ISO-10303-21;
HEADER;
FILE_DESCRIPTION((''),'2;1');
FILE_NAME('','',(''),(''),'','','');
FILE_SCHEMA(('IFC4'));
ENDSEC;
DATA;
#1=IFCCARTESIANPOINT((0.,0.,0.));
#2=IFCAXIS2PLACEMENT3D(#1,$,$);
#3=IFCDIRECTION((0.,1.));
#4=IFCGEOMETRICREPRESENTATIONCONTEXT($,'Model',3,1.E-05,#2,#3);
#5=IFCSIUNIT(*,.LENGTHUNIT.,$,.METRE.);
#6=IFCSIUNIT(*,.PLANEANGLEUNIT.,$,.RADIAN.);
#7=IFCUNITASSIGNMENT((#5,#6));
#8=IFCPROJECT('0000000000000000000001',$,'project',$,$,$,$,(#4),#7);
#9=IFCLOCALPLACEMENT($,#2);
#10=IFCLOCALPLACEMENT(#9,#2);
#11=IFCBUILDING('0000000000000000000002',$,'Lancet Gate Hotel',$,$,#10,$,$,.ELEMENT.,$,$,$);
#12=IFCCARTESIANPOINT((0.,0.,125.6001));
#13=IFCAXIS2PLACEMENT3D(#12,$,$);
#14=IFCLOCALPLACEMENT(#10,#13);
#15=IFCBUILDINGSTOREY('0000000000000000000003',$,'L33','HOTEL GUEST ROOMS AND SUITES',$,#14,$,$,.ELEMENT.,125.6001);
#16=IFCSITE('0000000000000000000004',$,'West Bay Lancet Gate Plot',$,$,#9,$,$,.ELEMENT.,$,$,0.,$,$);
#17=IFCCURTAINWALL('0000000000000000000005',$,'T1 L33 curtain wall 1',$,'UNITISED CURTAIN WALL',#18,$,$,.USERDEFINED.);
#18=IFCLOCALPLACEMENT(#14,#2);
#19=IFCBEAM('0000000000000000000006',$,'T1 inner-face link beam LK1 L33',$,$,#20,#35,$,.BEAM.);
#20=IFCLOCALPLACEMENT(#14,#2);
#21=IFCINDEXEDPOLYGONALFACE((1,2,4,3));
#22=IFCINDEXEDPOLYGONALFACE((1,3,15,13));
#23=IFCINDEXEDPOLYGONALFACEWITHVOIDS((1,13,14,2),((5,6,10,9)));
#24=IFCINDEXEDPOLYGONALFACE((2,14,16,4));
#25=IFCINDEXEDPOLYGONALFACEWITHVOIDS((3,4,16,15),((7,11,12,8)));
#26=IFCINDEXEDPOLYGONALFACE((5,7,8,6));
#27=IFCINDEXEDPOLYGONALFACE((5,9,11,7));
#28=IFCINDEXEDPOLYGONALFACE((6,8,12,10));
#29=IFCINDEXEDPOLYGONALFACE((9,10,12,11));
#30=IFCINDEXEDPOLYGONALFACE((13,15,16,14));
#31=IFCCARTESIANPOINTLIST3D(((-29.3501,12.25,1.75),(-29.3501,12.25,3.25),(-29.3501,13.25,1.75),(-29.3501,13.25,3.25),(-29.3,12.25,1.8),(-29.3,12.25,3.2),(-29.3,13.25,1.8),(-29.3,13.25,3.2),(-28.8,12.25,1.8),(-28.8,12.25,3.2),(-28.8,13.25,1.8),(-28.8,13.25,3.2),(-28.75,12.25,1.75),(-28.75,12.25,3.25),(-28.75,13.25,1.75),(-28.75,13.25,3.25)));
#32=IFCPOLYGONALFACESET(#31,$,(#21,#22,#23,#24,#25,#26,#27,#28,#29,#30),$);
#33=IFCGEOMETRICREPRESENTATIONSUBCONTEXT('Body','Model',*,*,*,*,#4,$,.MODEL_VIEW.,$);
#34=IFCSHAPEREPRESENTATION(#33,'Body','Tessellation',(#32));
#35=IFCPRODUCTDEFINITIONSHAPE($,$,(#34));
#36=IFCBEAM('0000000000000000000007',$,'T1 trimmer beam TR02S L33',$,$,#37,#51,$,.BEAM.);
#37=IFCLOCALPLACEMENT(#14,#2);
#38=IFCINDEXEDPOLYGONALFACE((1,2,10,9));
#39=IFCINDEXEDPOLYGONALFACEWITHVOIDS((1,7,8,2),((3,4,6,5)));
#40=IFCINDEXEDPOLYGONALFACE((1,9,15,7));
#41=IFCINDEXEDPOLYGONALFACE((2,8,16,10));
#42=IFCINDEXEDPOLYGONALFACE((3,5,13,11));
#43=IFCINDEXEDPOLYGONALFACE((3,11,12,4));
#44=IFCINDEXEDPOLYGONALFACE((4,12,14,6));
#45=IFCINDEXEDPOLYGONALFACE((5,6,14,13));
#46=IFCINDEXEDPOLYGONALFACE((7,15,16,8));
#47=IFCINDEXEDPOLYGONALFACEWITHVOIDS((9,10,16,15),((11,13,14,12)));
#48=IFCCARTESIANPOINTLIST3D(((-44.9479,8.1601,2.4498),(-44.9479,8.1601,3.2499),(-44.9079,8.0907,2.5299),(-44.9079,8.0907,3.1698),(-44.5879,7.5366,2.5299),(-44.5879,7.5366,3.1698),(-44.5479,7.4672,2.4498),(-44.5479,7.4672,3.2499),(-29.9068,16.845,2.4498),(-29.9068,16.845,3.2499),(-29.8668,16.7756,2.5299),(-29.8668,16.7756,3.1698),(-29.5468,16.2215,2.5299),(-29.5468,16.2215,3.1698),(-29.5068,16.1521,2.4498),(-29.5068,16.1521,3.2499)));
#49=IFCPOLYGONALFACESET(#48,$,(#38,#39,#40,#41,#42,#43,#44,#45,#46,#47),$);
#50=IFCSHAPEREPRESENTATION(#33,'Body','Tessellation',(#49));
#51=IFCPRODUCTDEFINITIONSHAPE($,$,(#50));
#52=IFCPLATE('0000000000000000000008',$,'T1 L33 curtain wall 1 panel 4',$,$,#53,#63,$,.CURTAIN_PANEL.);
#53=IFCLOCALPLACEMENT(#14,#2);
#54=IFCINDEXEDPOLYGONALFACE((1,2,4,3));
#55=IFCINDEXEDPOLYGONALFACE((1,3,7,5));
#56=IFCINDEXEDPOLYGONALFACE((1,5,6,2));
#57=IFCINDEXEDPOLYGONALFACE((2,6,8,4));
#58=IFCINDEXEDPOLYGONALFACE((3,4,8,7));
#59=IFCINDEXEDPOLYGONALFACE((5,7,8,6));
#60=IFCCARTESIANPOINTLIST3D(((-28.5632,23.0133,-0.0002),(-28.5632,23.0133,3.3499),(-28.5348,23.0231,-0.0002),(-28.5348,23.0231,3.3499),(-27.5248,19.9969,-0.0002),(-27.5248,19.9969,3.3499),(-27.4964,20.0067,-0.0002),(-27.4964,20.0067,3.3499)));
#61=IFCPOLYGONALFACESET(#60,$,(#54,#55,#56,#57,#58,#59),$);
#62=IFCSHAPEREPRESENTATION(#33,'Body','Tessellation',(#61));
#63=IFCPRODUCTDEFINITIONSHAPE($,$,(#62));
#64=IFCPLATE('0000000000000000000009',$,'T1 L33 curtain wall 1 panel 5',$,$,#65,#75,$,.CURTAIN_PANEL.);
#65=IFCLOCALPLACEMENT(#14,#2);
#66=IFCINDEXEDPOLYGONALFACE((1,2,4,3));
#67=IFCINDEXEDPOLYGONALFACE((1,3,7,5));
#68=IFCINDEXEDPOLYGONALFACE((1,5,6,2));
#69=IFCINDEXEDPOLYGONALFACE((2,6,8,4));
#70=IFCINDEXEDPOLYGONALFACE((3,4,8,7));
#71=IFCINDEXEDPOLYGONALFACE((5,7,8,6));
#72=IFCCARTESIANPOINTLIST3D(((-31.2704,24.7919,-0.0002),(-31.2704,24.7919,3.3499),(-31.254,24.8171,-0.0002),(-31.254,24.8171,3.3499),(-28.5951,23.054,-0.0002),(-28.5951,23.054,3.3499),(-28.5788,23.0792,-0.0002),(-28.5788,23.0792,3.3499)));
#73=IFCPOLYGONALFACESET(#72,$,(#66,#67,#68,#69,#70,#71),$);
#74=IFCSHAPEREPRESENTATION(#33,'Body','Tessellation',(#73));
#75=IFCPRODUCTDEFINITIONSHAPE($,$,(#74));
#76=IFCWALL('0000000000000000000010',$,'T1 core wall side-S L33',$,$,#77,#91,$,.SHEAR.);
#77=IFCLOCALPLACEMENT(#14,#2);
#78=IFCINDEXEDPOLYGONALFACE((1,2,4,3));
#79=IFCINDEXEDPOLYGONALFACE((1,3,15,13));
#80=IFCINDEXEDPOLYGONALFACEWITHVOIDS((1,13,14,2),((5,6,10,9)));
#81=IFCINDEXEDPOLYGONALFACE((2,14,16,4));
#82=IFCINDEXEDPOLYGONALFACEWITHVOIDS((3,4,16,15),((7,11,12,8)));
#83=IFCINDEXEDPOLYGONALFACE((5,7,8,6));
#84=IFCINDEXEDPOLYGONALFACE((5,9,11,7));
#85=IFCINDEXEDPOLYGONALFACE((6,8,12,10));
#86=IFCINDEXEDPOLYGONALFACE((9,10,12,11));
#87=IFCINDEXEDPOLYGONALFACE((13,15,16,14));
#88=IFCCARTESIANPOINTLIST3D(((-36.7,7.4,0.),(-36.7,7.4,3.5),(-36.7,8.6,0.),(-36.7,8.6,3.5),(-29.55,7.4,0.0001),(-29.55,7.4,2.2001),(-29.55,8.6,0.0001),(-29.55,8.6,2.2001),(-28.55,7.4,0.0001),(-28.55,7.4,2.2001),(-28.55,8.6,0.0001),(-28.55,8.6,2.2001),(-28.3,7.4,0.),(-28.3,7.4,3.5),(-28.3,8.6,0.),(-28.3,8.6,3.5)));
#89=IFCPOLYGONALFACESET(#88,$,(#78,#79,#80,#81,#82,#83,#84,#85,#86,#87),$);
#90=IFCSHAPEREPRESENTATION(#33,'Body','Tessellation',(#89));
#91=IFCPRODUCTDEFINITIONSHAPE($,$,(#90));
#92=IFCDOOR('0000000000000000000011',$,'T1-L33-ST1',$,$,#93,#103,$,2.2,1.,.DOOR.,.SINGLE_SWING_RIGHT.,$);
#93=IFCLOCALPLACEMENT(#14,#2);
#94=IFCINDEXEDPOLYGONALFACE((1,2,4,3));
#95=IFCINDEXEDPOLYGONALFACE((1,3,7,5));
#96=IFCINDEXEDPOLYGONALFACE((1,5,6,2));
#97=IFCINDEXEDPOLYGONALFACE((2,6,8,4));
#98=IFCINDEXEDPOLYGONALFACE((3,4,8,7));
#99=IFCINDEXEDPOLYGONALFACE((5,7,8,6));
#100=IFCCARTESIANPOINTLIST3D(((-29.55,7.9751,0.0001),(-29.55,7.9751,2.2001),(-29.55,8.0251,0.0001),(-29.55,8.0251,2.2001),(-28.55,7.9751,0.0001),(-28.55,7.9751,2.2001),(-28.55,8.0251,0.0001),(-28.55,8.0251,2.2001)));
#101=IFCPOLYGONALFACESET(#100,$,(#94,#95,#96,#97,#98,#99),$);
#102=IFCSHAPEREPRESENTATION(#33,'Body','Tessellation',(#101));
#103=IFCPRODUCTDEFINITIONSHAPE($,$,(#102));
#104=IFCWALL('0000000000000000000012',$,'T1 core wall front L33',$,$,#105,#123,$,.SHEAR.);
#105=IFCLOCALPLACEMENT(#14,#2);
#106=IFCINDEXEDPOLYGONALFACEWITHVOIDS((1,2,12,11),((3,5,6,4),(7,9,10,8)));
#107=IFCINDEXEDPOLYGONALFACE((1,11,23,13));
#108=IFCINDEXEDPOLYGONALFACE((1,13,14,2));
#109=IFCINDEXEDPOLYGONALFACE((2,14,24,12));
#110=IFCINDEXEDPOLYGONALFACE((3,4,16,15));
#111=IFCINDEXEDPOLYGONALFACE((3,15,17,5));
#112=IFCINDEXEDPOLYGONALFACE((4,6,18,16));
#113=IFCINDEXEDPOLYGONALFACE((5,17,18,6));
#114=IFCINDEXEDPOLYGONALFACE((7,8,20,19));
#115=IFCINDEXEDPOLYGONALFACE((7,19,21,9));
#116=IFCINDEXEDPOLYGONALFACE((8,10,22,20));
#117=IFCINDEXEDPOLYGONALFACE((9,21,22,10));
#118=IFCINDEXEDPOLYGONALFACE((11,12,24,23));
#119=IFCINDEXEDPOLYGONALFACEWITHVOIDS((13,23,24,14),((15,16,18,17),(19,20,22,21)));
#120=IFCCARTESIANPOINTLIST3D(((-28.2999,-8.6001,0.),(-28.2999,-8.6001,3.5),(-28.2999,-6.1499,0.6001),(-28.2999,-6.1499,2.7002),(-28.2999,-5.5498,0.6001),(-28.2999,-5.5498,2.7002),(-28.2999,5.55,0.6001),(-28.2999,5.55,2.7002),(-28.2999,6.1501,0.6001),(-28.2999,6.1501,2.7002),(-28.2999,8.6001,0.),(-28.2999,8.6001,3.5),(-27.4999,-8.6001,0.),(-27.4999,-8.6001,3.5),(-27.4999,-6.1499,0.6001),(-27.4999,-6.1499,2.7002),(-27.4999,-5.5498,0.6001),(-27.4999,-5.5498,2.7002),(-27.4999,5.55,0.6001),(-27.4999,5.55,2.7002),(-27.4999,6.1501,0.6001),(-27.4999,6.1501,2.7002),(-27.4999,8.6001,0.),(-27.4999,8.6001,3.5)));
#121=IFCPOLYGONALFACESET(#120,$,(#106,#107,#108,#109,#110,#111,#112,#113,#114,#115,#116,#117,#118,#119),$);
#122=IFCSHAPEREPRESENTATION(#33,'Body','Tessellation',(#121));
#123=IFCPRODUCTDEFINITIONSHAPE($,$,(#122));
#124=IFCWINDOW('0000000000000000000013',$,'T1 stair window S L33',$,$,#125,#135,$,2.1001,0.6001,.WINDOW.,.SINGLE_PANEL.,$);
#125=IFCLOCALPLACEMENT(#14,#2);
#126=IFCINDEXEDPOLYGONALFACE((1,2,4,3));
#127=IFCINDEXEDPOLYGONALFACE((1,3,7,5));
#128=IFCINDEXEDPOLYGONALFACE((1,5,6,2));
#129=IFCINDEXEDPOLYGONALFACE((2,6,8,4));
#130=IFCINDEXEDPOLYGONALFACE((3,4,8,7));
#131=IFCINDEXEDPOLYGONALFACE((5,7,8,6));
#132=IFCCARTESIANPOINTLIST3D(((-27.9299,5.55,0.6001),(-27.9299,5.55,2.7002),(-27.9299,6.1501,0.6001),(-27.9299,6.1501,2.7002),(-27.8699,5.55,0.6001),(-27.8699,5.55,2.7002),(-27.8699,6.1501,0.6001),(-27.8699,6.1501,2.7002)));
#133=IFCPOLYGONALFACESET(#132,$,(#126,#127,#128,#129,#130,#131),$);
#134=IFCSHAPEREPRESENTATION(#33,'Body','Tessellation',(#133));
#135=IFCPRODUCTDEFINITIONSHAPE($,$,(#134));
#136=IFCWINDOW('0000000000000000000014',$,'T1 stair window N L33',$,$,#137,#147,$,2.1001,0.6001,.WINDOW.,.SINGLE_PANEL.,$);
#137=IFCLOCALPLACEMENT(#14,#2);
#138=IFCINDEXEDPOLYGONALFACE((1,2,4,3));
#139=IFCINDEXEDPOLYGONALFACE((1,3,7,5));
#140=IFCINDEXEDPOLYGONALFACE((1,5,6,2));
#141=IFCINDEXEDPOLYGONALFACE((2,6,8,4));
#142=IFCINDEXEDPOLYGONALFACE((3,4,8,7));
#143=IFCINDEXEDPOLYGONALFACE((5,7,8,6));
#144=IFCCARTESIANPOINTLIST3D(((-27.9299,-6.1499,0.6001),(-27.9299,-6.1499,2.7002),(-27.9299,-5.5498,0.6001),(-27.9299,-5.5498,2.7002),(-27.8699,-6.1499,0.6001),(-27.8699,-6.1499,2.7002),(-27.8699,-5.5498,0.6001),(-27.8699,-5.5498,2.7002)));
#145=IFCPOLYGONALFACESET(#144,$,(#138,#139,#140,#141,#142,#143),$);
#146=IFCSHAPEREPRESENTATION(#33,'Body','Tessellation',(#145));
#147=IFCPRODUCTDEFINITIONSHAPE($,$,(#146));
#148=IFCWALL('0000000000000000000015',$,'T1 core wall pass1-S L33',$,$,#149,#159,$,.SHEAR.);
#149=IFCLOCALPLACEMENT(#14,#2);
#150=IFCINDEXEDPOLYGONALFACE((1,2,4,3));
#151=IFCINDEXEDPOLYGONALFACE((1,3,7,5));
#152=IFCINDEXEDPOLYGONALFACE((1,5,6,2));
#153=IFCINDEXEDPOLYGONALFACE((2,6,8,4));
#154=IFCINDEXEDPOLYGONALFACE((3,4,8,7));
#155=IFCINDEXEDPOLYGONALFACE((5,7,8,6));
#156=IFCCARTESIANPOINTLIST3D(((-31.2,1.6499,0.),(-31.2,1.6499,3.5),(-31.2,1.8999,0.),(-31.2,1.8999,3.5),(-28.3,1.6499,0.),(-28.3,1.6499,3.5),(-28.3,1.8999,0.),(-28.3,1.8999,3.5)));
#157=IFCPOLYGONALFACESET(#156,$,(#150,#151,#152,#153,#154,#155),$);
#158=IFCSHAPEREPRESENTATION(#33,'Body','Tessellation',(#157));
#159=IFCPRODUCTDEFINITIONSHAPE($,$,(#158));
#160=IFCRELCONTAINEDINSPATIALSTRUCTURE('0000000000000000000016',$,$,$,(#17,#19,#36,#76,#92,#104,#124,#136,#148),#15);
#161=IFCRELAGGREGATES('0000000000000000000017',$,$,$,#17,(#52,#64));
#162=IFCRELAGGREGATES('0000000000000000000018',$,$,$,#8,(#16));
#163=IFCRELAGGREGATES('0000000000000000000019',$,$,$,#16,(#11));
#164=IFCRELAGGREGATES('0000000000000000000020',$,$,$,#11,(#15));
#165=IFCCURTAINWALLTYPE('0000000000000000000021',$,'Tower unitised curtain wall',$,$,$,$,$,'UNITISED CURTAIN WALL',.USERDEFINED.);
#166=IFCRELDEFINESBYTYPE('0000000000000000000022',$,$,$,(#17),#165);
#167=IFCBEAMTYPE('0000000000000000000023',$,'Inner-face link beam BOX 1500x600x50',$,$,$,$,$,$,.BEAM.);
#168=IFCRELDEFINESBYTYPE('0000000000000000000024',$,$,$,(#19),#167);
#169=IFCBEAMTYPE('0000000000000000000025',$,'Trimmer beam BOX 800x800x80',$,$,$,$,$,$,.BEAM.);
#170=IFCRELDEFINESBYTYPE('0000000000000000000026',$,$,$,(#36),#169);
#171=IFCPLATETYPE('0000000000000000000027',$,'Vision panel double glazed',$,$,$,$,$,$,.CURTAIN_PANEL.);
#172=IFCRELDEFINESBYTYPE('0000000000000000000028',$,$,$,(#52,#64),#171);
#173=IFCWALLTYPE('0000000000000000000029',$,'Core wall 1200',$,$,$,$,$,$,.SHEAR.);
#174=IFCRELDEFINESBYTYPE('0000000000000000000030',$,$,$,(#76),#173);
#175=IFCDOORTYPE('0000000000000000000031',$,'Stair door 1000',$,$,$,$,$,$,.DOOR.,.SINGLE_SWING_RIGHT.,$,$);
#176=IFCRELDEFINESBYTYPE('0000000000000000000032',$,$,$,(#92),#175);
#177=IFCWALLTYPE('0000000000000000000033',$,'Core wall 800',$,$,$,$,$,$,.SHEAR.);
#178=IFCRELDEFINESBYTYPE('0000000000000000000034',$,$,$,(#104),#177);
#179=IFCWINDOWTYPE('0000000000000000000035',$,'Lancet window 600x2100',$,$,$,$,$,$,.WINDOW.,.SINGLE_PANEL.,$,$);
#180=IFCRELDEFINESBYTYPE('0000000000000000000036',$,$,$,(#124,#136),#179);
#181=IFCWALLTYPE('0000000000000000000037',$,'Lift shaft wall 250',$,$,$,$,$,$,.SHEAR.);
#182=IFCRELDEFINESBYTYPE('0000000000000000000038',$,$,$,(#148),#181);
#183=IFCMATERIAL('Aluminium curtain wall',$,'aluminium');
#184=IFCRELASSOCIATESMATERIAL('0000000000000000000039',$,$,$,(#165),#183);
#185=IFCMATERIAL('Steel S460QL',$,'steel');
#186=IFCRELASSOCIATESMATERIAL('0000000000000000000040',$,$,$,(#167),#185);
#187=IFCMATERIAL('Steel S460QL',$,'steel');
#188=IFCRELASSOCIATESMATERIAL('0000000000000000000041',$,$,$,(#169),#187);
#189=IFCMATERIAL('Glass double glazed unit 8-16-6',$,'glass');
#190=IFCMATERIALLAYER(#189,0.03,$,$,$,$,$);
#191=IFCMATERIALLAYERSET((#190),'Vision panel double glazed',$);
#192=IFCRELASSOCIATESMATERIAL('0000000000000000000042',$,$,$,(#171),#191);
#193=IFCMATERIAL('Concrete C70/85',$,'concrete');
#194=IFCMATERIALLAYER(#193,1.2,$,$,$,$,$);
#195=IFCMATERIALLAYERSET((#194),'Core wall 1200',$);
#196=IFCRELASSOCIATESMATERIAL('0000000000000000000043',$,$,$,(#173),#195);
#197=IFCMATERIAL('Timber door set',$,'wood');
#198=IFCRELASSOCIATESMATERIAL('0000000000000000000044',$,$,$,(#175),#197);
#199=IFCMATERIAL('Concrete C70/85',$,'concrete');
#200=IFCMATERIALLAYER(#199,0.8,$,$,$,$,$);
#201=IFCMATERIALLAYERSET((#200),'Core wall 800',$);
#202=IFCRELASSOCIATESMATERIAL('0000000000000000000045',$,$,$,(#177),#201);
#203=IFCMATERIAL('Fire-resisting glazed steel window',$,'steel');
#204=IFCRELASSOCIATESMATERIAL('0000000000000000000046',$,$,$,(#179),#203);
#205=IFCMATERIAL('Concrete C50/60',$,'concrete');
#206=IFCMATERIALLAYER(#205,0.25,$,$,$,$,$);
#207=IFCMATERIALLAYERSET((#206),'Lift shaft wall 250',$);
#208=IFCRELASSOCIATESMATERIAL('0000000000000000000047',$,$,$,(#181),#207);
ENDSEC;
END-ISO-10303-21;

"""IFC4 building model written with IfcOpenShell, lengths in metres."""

from ifc_helpers import new_model, si_unit, direction, frame, frame_2d, origin, origin_2d, place, context, subcontext, project, spatial, rectangle, hollow_rectangle, extrude, material, layer, layer_set, material_profile, profile_set, type_object, element, fill, aggregate, save


model = new_model("IFC4")

# Units and contexts
model_context = context("Model", 3, precision=1e-05, world=origin(), true_north=direction((0.0, 1.0)))
body_context = subcontext(model_context, "Body", "Model", "MODEL_VIEW")
ifc_project = project(units=[si_unit("LENGTHUNIT", "METRE"), si_unit("PLANEANGLEUNIT", "RADIAN")], contexts=[model_context])

# Site, building, storey
site_placement = place(None, origin())
site = spatial("IfcSite", under=ifc_project, at=site_placement, Name="West Bay Lancet Gate Plot", CompositionType="ELEMENT", RefElevation=0.0)
building_placement = place(site_placement, origin())
building = spatial("IfcBuilding", under=site, at=building_placement, Name="Lancet Gate Hotel", CompositionType="ELEMENT")
storey_placement = place(building_placement, frame((0.0, 0.0, 125.6001)))
storey = spatial("IfcBuildingStorey", under=building, at=storey_placement, Name="L33", Description="HOTEL GUEST ROOMS AND SUITES", CompositionType="ELEMENT", Elevation=125.6001)

# Curtain wall
ifc_material_1 = material(Name="Aluminium curtain wall", Category="aluminium")
curtain_wall_type = type_object("IfcCurtainWallType", Name="Tower unitised curtain wall", ElementType="UNITISED CURTAIN WALL", PredefinedType="USERDEFINED", material=ifc_material_1)
curtain_wall_placement = place(storey_placement, origin())
curtain_wall = element("IfcCurtainWall", 1, at=curtain_wall_placement, inside=storey, type_object=curtain_wall_type, Name="T1 L33 curtain wall 1", ObjectType="UNITISED CURTAIN WALL", PredefinedType="USERDEFINED")

# Beams
ifc_material_2 = material(Name="Steel S460QL", Category="steel")
ifc_material_profile_1 = material_profile(ifc_material_2, hollow_rectangle(XDim=0.6001, YDim=1.5, WallThickness=0.05, at=origin_2d()), Name="BOX 1500x600x50")
ifc_profile_set_1 = profile_set([ifc_material_profile_1], Name="Steel S460QL")
beam_type_1 = type_object("IfcBeamType", Name="Inner-face link beam BOX 1500x600x50", PredefinedType="BEAM", material=ifc_profile_set_1)
beam_1_placement = place(storey_placement, frame((-29.05, 13.25, 2.5), z_axis=(0.0, -1.0, 0.0), x_axis=(1.0, 0.0, 0.0)))
element("IfcBeam", 2, at=beam_1_placement, inside=storey, type_object=beam_type_1, Name="T1 inner-face link beam LK1 L33", PredefinedType="BEAM", context=body_context, shape_type="SweptSolid", body=[
    extrude(hollow_rectangle(XDim=0.6001, YDim=1.5, WallThickness=0.05, at=origin_2d()), origin(), (0.0, 0.0, 1.0), 1.0),
])
ifc_material_3 = material(Name="Steel S460QL", Category="steel")
ifc_material_profile_2 = material_profile(ifc_material_3, hollow_rectangle(XDim=0.8, YDim=0.8, WallThickness=0.0801, at=origin_2d()), Name="BOX 800x800x80")
ifc_profile_set_2 = profile_set([ifc_material_profile_2], Name="Steel S460QL")
beam_type_2 = type_object("IfcBeamType", Name="Trimmer beam BOX 800x800x80", PredefinedType="BEAM", material=ifc_profile_set_2)
beam_2_placement = place(storey_placement, frame((-29.7068, 16.4985, 2.8499), z_axis=(-0.866003, -0.500038, 0.0), x_axis=(0.500038, -0.866003, 0.0)))
element("IfcBeam", 3, at=beam_2_placement, inside=storey, type_object=beam_type_2, Name="T1 trimmer beam TR02S L33", PredefinedType="BEAM", context=body_context, shape_type="SweptSolid", body=[
    extrude(hollow_rectangle(XDim=0.8, YDim=0.8, WallThickness=0.0801, at=origin_2d()), origin(), (0.0, 0.0, 1.0), 17.3684),
])

# Plates
ifc_material_4 = material(Name="Glass double glazed unit 8-16-6", Category="glass")
ifc_layer_1 = layer(ifc_material_4, 0.03)
ifc_layer_set_1 = layer_set([ifc_layer_1], Name="Vision panel double glazed")
plate_type = type_object("IfcPlateType", Name="Vision panel double glazed", PredefinedType="CURTAIN_PANEL", material=ifc_layer_set_1)
plate_1_placement = place(storey_placement, frame((-28.0298, 21.51, -0.0002), z_axis=(0.0, 0.0, 1.0), x_axis=(-0.325516, 0.945537, 0.0)))
plate_1 = element("IfcPlate", 4, at=plate_1_placement, type_object=plate_type, Name="T1 L33 curtain wall 1 panel 4", PredefinedType="CURTAIN_PANEL", context=body_context, shape_type="SweptSolid", body=[
    extrude(rectangle(XDim=3.1902, YDim=0.03, at=origin_2d()), origin(), (0.0, 0.0, 1.0), 3.3501),
])
plate_2_placement = place(storey_placement, frame((-29.9246, 23.9355, -0.0002), z_axis=(0.0, 0.0, 1.0), x_axis=(-0.83858, 0.544778, 0.0)))
plate_2 = element("IfcPlate", 5, at=plate_2_placement, type_object=plate_type, Name="T1 L33 curtain wall 1 panel 5", PredefinedType="CURTAIN_PANEL", context=body_context, shape_type="SweptSolid", body=[
    extrude(rectangle(XDim=3.1902, YDim=0.03, at=origin_2d()), origin(), (0.0, 0.0, 1.0), 3.3501),
])
aggregate(curtain_wall, [plate_1, plate_2])

# Wall, opening, door
ifc_material_5 = material(Name="Concrete C70/85", Category="concrete")
ifc_layer_2 = layer(ifc_material_5, 1.2)
ifc_layer_set_2 = layer_set([ifc_layer_2], Name="Core wall 1200")
wall_type_1 = type_object("IfcWallType", Name="Core wall 1200", PredefinedType="SHEAR", material=ifc_layer_set_2)
wall_1_placement = place(storey_placement, frame((-28.3, 8.0, 0.0), z_axis=(0.0, 0.0, 1.0), x_axis=(-1.0, 0.0, 0.0)))
wall_1 = element("IfcWall", 6, at=wall_1_placement, inside=storey, type_object=wall_type_1, Name="T1 core wall side-S L33", PredefinedType="SHEAR", context=body_context, shape_type="SweptSolid", body=[
    extrude(rectangle(XDim=8.3999, YDim=1.2, at=frame_2d((4.2, 0.0))), origin(), (0.0, 0.0, 1.0), 3.5),
])
opening_1_placement = place(wall_1_placement, frame((0.25, 0.0, 0.0)))
opening_1 = element("IfcOpeningElement", 7, at=opening_1_placement, cuts=wall_1, PredefinedType="OPENING", context=body_context, shape_type="SweptSolid", body=[
    extrude(rectangle(XDim=1.0, YDim=2.2, at=frame_2d((0.5, 1.1001))), frame((0.0, 0.6099, 0.0), z_axis=(0.0, -1.0, 0.0), x_axis=(1.0, 0.0, 0.0)), (0.0, 0.0, 1.0), 1.22),
])
ifc_material_6 = material(Name="Timber door set", Category="wood")
door_type = type_object("IfcDoorType", Name="Stair door 1000", OperationType="SINGLE_SWING_RIGHT", PredefinedType="DOOR", material=ifc_material_6)
door_placement = place(opening_1_placement, origin())
door = element("IfcDoor", 8, at=door_placement, inside=storey, type_object=door_type, Name="T1-L33-ST1", OperationType="SINGLE_SWING_RIGHT", OverallHeight=2.2, OverallWidth=1.0, PredefinedType="DOOR", context=body_context, shape_type="SweptSolid", body=[
    extrude(rectangle(XDim=1.0, YDim=2.2, at=frame_2d((0.5, 1.1001))), frame((0.0, 0.0249, 0.0), z_axis=(0.0, -1.0, 0.0), x_axis=(1.0, 0.0, 0.0)), (0.0, 0.0, 1.0), 0.05),
])
fill(opening_1, door)

# Wall, openings, windows
ifc_material_7 = material(Name="Concrete C70/85", Category="concrete")
ifc_layer_3 = layer(ifc_material_7, 0.8)
ifc_layer_set_3 = layer_set([ifc_layer_3], Name="Core wall 800")
wall_type_2 = type_object("IfcWallType", Name="Core wall 800", PredefinedType="SHEAR", material=ifc_layer_set_3)
wall_2_placement = place(storey_placement, frame((-27.8999, 8.6001, 0.0), z_axis=(0.0, 0.0, 1.0), x_axis=(0.0, -1.0, 0.0)))
wall_2 = element("IfcWall", 9, at=wall_2_placement, inside=storey, type_object=wall_type_2, Name="T1 core wall front L33", PredefinedType="SHEAR", context=body_context, shape_type="SweptSolid", body=[
    extrude(rectangle(XDim=17.2002, YDim=0.8, at=frame_2d((8.6001, 0.0))), origin(), (0.0, 0.0, 1.0), 3.5),
])
opening_2_placement = place(wall_2_placement, frame((2.45, 0.0, 0.6001)))
opening_2 = element("IfcOpeningElement", 10, at=opening_2_placement, cuts=wall_2, PredefinedType="OPENING", context=body_context, shape_type="SweptSolid", body=[
    extrude(rectangle(XDim=0.6001, YDim=2.1001, at=frame_2d((0.3, 1.05))), frame((0.0, 0.4099, 0.0), z_axis=(0.0, -1.0, 0.0), x_axis=(1.0, 0.0, 0.0)), (0.0, 0.0, 1.0), 0.8201),
])
opening_3_placement = place(wall_2_placement, frame((14.1499, 0.0, 0.6001)))
opening_3 = element("IfcOpeningElement", 11, at=opening_3_placement, cuts=wall_2, PredefinedType="OPENING", context=body_context, shape_type="SweptSolid", body=[
    extrude(rectangle(XDim=0.6001, YDim=2.1001, at=frame_2d((0.3, 1.05))), frame((0.0, 0.4099, 0.0), z_axis=(0.0, -1.0, 0.0), x_axis=(1.0, 0.0, 0.0)), (0.0, 0.0, 1.0), 0.8201),
])
ifc_material_8 = material(Name="Fire-resisting glazed steel window", Category="steel")
window_type = type_object("IfcWindowType", Name="Lancet window 600x2100", PartitioningType="SINGLE_PANEL", PredefinedType="WINDOW", material=ifc_material_8)
window_1_placement = place(opening_2_placement, origin())
window_1 = element("IfcWindow", 12, at=window_1_placement, inside=storey, type_object=window_type, Name="T1 stair window S L33", OverallHeight=2.1001, OverallWidth=0.6001, PartitioningType="SINGLE_PANEL", PredefinedType="WINDOW", context=body_context, shape_type="SweptSolid", body=[
    extrude(rectangle(XDim=0.6001, YDim=2.1001, at=frame_2d((0.3, 1.05))), frame((0.0, 0.03, 0.0), z_axis=(0.0, -1.0, 0.0), x_axis=(1.0, 0.0, 0.0)), (0.0, 0.0, 1.0), 0.0601),
])
fill(opening_2, window_1)
window_2_placement = place(opening_3_placement, origin())
window_2 = element("IfcWindow", 13, at=window_2_placement, inside=storey, type_object=window_type, Name="T1 stair window N L33", OverallHeight=2.1001, OverallWidth=0.6001, PartitioningType="SINGLE_PANEL", PredefinedType="WINDOW", context=body_context, shape_type="SweptSolid", body=[
    extrude(rectangle(XDim=0.6001, YDim=2.1001, at=frame_2d((0.3, 1.05))), frame((0.0, 0.03, 0.0), z_axis=(0.0, -1.0, 0.0), x_axis=(1.0, 0.0, 0.0)), (0.0, 0.0, 1.0), 0.0601),
])
fill(opening_3, window_2)

# Wall
ifc_material_9 = material(Name="Concrete C50/60", Category="concrete")
ifc_layer_4 = layer(ifc_material_9, 0.25)
ifc_layer_set_4 = layer_set([ifc_layer_4], Name="Lift shaft wall 250")
wall_type_3 = type_object("IfcWallType", Name="Lift shaft wall 250", PredefinedType="SHEAR", material=ifc_layer_set_4)
wall_3_placement = place(storey_placement, frame((-28.3, 1.7749, 0.0), z_axis=(0.0, 0.0, 1.0), x_axis=(-1.0, 0.0, 0.0)))
element("IfcWall", 14, at=wall_3_placement, inside=storey, type_object=wall_type_3, Name="T1 core wall pass1-S L33", PredefinedType="SHEAR", context=body_context, shape_type="SweptSolid", body=[
    extrude(rectangle(XDim=2.8999, YDim=0.25, at=frame_2d((1.45, 0.0))), origin(), (0.0, 0.0, 1.0), 3.5),
])

save(model, "model.ifc")
